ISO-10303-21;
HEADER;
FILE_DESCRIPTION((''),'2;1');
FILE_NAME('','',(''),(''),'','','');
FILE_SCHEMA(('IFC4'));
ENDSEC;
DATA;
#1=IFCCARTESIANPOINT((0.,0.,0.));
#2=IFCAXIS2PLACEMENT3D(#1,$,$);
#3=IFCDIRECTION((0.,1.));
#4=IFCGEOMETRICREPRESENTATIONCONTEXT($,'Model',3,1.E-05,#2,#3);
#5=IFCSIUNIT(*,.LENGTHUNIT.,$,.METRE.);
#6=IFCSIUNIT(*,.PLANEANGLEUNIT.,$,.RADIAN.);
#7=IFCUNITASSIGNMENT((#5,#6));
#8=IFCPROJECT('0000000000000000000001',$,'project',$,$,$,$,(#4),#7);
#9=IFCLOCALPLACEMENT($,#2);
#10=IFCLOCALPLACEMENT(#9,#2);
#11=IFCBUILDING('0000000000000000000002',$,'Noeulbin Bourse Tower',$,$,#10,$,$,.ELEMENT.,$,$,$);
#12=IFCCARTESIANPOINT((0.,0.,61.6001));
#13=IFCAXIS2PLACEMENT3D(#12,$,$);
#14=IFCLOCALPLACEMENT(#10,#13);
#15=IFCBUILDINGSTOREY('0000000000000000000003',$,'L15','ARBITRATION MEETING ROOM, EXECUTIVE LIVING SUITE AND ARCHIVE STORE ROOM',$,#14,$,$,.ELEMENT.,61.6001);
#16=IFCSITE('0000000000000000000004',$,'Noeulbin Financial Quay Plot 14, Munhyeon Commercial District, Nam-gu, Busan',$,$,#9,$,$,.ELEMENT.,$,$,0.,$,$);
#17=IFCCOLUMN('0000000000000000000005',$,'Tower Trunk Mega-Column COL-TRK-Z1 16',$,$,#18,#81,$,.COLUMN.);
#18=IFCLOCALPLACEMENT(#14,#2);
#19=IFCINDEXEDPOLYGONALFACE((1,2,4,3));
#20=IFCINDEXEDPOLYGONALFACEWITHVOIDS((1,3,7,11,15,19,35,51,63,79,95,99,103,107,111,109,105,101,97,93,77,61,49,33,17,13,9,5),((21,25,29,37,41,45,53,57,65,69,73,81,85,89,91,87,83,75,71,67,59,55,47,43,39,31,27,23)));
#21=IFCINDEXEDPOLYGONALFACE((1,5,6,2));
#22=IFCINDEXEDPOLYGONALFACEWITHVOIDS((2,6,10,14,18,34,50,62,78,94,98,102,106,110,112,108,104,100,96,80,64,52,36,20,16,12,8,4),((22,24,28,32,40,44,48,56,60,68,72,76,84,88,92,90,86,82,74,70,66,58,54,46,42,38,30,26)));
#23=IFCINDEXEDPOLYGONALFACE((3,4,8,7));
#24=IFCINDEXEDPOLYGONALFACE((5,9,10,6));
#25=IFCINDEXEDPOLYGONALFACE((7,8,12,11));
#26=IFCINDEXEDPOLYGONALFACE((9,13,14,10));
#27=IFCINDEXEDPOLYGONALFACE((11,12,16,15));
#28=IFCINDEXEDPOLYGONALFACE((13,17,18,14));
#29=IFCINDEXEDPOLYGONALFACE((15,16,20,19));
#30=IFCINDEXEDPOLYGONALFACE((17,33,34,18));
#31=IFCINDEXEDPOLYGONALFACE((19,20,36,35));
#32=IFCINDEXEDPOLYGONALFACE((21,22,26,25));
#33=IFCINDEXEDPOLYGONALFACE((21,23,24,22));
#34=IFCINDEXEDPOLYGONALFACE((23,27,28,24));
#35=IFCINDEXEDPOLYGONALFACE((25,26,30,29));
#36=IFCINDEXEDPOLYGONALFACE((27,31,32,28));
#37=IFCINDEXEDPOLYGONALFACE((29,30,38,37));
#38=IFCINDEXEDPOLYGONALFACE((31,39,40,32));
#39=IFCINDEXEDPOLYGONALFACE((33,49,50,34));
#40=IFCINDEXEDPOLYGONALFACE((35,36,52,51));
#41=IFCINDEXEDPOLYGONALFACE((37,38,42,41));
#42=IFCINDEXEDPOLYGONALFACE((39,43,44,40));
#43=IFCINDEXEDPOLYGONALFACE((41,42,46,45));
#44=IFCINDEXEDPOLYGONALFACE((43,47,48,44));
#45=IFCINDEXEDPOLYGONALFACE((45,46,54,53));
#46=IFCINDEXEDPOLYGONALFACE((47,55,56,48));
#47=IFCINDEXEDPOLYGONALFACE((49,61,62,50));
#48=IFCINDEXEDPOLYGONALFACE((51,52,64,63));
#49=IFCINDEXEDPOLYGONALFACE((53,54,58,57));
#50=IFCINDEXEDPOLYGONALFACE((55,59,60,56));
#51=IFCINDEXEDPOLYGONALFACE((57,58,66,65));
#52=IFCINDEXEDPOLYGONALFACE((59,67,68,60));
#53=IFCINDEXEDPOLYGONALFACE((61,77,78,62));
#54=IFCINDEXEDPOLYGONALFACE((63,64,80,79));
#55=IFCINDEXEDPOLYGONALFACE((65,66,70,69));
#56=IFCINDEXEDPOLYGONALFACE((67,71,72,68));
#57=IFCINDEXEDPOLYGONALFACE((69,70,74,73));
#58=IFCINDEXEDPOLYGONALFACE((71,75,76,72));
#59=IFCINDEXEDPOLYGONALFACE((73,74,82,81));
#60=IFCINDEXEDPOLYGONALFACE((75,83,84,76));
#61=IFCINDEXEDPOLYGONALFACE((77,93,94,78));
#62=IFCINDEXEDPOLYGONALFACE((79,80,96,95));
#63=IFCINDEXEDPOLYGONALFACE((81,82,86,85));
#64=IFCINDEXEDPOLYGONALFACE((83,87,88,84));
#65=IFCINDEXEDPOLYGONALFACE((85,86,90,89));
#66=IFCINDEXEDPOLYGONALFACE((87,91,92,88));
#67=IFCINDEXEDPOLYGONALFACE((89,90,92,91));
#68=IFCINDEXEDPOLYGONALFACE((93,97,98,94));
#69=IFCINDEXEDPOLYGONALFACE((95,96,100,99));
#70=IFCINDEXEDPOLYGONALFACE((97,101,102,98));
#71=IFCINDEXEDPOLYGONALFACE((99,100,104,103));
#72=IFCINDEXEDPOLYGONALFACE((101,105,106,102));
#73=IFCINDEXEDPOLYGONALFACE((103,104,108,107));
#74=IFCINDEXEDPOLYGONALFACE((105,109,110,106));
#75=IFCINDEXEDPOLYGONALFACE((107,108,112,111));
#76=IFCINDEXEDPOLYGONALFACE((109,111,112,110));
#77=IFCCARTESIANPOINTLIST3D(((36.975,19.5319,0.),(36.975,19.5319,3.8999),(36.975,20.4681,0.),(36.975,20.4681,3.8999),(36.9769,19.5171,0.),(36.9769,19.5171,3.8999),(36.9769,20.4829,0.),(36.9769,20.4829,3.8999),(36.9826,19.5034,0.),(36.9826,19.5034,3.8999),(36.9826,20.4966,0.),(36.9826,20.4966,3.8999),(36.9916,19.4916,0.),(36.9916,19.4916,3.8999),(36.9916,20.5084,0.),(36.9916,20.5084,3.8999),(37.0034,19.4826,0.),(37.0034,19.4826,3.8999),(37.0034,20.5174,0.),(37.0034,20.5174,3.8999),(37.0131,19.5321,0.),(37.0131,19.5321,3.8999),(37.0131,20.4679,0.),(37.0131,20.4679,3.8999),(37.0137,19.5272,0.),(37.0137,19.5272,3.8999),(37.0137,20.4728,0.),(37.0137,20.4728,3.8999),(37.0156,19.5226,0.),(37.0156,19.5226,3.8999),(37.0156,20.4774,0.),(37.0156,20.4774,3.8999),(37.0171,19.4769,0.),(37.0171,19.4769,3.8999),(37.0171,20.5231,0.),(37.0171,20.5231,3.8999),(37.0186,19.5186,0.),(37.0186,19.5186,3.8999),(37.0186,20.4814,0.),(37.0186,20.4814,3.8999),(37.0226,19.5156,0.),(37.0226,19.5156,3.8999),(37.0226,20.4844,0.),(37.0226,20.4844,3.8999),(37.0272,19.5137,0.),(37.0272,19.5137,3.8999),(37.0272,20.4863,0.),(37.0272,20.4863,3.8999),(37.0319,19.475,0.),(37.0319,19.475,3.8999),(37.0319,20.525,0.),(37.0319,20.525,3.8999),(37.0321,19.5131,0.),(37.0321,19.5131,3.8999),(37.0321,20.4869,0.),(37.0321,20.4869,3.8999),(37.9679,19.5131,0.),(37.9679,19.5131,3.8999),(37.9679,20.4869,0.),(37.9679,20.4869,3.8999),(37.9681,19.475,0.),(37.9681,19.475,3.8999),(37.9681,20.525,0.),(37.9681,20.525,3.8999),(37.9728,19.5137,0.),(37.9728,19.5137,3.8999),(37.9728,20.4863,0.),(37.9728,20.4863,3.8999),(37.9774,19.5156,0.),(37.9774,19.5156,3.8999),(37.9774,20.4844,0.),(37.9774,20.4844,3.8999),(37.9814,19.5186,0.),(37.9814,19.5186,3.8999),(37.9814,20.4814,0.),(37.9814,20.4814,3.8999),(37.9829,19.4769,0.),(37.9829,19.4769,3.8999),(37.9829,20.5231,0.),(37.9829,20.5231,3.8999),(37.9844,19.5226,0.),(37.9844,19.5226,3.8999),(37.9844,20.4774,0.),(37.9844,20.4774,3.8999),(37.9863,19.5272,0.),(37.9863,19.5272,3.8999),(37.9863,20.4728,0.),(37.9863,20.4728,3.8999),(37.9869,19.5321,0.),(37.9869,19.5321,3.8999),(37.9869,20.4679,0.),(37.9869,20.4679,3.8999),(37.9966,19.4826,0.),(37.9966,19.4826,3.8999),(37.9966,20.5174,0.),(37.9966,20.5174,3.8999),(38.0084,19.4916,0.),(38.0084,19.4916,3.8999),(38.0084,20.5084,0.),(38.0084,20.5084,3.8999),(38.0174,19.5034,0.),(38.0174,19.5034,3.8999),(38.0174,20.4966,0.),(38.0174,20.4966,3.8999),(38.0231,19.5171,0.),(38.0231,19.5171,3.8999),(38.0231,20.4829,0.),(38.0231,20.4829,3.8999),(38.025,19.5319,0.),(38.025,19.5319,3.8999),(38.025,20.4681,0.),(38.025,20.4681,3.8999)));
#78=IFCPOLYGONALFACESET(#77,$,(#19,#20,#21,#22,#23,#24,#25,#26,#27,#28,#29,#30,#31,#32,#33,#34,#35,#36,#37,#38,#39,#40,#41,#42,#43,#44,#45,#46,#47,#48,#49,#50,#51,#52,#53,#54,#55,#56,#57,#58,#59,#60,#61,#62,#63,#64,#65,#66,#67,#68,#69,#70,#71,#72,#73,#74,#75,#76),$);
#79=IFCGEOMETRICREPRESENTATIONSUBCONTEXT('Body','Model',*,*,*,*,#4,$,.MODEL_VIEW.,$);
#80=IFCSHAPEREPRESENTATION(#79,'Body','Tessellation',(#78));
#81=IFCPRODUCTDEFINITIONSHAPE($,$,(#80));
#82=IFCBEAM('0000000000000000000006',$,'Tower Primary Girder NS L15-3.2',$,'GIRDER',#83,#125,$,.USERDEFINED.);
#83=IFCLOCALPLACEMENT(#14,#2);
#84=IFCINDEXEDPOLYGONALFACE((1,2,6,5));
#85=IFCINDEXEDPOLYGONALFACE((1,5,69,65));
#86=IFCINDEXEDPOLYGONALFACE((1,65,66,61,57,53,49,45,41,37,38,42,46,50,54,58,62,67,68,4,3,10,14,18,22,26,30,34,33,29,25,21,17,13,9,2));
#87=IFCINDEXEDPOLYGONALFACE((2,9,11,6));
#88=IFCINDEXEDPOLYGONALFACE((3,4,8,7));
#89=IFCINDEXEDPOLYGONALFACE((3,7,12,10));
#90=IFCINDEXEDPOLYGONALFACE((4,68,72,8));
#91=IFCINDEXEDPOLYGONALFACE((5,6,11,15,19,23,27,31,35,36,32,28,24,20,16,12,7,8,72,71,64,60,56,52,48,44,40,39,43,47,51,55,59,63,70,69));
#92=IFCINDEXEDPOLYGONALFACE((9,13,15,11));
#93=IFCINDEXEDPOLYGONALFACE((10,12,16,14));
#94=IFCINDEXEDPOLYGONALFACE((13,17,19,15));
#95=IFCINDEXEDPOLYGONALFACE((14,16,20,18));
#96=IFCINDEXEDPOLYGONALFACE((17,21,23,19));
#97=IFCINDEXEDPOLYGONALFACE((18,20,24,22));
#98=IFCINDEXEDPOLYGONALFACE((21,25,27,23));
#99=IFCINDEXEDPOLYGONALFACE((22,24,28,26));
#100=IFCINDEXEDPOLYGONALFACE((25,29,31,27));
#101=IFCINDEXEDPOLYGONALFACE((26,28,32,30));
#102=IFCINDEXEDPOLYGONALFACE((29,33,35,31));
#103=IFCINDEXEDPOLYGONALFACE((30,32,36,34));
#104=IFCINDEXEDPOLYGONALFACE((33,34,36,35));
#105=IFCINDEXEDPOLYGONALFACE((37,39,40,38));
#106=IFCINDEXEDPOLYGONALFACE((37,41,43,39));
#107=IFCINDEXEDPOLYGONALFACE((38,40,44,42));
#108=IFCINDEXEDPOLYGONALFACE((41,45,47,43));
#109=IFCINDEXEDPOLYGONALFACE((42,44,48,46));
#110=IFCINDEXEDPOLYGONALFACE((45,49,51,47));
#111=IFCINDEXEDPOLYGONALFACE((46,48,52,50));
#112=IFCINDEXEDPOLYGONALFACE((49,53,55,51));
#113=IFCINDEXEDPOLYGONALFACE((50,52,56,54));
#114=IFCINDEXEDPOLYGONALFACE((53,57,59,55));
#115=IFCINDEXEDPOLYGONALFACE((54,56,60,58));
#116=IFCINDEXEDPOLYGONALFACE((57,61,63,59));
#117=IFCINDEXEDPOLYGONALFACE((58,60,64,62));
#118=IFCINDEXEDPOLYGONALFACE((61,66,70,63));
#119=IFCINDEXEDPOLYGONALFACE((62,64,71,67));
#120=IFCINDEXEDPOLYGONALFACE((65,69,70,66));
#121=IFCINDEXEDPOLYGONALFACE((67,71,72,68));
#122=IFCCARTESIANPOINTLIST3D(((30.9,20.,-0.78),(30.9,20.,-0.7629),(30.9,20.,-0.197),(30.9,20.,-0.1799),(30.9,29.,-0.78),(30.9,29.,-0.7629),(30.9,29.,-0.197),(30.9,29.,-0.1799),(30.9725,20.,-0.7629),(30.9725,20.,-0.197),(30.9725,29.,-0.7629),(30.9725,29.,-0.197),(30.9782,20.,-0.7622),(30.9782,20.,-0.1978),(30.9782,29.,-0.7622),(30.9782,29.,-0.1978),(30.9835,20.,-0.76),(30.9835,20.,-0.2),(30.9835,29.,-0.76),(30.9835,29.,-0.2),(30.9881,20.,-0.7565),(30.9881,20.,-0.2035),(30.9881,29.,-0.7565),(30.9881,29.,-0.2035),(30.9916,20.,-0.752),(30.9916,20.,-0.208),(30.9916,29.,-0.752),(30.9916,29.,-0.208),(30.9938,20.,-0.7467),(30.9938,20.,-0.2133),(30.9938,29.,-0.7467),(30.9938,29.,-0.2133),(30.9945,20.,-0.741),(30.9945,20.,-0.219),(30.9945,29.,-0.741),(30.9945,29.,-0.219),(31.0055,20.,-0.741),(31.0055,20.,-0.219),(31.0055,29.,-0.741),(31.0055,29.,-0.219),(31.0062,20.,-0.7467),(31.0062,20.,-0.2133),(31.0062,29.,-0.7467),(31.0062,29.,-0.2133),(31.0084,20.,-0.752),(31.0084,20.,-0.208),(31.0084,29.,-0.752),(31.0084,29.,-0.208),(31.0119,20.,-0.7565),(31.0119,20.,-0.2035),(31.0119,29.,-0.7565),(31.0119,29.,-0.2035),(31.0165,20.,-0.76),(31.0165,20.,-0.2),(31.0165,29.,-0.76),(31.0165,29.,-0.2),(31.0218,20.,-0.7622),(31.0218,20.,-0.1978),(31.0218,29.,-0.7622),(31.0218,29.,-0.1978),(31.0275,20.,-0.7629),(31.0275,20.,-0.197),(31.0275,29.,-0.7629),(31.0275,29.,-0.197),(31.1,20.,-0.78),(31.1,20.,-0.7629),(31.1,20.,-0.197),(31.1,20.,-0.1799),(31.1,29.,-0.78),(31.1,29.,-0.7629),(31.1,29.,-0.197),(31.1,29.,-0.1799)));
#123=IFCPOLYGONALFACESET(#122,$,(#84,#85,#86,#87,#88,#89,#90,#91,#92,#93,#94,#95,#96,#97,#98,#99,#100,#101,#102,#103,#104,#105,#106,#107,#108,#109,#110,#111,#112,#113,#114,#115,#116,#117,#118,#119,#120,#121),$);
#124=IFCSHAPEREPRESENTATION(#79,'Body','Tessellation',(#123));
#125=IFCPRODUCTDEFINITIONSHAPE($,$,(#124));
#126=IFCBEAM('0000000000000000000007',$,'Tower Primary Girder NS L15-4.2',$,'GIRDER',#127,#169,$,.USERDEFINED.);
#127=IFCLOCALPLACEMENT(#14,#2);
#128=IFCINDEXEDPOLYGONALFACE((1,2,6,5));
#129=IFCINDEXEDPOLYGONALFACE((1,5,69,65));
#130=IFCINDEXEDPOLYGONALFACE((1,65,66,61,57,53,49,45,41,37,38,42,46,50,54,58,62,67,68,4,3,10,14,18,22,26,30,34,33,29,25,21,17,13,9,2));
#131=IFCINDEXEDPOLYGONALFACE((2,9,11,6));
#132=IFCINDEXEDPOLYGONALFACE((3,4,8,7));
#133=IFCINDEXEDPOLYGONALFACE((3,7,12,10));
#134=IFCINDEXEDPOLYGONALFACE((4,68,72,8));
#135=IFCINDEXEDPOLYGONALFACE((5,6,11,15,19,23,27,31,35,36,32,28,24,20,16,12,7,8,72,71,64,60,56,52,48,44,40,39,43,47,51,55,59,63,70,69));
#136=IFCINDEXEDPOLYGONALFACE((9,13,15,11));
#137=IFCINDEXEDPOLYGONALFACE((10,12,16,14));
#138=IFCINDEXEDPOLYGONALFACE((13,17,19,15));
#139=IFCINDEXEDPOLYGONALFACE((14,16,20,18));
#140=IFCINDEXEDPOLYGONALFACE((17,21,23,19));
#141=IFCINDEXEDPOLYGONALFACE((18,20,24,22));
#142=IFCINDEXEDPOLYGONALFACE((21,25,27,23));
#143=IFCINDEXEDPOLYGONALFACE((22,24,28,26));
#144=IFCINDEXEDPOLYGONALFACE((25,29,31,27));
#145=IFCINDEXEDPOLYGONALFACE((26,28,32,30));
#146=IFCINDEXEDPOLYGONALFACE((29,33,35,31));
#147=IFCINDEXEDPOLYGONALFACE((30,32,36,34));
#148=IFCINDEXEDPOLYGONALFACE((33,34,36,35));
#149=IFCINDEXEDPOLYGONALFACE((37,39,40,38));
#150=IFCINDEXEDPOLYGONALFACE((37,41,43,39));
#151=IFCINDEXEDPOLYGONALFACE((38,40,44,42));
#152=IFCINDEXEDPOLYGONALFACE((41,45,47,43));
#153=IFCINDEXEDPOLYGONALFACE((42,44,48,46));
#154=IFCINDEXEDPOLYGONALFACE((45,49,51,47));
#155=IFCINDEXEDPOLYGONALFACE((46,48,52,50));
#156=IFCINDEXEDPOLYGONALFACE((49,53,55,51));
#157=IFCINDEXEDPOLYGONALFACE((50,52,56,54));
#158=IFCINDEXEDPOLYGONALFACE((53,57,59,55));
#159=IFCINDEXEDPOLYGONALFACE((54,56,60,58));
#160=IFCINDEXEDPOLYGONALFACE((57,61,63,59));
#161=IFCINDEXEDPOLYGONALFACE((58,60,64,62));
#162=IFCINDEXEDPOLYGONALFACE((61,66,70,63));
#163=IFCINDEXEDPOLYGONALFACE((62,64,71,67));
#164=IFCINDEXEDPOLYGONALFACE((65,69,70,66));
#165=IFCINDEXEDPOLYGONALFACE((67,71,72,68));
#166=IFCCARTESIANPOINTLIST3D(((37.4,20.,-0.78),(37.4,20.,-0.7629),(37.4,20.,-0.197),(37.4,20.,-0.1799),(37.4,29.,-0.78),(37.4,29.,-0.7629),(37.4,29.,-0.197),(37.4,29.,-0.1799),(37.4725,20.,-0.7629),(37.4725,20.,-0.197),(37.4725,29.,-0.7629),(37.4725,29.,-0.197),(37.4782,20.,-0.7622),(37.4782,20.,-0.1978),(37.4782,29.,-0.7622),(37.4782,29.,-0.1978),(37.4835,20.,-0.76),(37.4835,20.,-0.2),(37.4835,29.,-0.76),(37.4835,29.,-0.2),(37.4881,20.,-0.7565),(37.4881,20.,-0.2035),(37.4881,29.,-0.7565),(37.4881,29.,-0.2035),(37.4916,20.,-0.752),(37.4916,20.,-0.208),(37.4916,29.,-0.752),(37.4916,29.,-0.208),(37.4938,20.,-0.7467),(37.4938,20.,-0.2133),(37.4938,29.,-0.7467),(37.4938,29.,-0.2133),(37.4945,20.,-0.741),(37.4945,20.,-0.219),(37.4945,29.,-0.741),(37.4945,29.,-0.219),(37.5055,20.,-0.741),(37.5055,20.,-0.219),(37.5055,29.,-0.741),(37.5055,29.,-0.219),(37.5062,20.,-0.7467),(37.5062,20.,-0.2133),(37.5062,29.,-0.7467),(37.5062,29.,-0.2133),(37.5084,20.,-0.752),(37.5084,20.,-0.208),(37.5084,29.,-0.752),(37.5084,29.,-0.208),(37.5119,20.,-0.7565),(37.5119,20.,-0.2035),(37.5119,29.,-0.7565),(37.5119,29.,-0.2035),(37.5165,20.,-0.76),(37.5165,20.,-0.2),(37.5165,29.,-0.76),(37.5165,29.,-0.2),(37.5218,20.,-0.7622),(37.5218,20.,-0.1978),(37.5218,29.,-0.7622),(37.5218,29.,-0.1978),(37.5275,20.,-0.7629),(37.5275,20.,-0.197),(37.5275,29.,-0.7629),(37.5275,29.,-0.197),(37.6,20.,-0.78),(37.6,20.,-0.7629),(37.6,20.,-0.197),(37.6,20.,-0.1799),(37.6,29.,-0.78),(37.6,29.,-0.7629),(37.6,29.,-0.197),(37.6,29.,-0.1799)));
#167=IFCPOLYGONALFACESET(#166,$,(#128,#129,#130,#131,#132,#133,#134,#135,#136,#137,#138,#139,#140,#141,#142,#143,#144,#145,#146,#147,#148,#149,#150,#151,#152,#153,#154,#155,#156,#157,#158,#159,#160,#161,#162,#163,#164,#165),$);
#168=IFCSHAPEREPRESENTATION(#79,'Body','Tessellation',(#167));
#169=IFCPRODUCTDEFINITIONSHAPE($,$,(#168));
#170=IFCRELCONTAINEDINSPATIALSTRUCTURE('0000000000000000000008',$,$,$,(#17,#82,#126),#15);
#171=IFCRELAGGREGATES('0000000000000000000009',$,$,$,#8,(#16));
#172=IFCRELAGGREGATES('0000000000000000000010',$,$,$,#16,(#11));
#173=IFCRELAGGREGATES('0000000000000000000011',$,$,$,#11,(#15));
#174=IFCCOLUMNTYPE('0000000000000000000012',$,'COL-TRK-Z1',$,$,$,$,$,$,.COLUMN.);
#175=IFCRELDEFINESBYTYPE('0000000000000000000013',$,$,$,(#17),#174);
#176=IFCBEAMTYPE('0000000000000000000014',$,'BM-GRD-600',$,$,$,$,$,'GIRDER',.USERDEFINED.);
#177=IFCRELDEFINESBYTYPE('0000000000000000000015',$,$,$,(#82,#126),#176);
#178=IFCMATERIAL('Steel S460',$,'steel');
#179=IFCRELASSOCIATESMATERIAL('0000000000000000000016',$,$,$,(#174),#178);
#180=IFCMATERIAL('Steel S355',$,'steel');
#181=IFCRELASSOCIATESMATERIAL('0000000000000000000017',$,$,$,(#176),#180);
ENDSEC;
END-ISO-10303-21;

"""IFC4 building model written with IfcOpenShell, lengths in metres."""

from ifc_helpers import new_model, si_unit, direction, frame, origin, origin_2d, place, context, subcontext, project, spatial, hollow_rectangle, i_section, extrude, material, material_profile, profile_set, type_object, element, save


model = new_model("IFC4")

# Units and contexts
model_context = context("Model", 3, precision=1e-05, world=origin(), true_north=direction((0.0, 1.0)))
body_context = subcontext(model_context, "Body", "Model", "MODEL_VIEW")
ifc_project = project(units=[si_unit("LENGTHUNIT", "METRE"), si_unit("PLANEANGLEUNIT", "RADIAN")], contexts=[model_context])

# Site, building, storey
site_placement = place(None, origin())
site = spatial("IfcSite", under=ifc_project, at=site_placement, Name="Noeulbin Financial Quay Plot 14, Munhyeon Commercial District, Nam-gu, Busan", CompositionType="ELEMENT", RefElevation=0.0)
building_placement = place(site_placement, origin())
building = spatial("IfcBuilding", under=site, at=building_placement, Name="Noeulbin Bourse Tower", CompositionType="ELEMENT")
storey_placement = place(building_placement, frame((0.0, 0.0, 61.6001)))
storey = spatial("IfcBuildingStorey", under=building, at=storey_placement, Name="L15", Description="ARBITRATION MEETING ROOM, EXECUTIVE LIVING SUITE AND ARCHIVE STORE ROOM", CompositionType="ELEMENT", Elevation=61.6001)

# Column
ifc_material_1 = material(Name="Steel S460", Category="steel")
ifc_material_profile_1 = material_profile(ifc_material_1, hollow_rectangle(XDim=1.05, YDim=1.05, WallThickness=0.0381, InnerFilletRadius=0.019, OuterFilletRadius=0.0569, at=origin_2d()), Name="BOX-1050x1050x38", Category="LoadBearing")
ifc_profile_set_1 = profile_set([ifc_material_profile_1], Name="Steel S460")
column_type = type_object("IfcColumnType", Name="COL-TRK-Z1", PredefinedType="COLUMN", material=ifc_profile_set_1)
for number, where, z_axis, x_axis, name in (
    (1, (37.5, 20.0, 0.0), (0.0, 0.0, 1.0), (1.0, 0.0, 0.0), "Tower Trunk Mega-Column COL-TRK-Z1 16"),
):
    element("IfcColumn", number, at=place(storey_placement, frame(where, z_axis=z_axis, x_axis=x_axis)), inside=storey, type_object=column_type, Name=name, PredefinedType="COLUMN", context=body_context, shape_type="SweptSolid", body=[
        extrude(hollow_rectangle(XDim=1.05, YDim=1.05, WallThickness=0.0381, InnerFilletRadius=0.019, OuterFilletRadius=0.0569, at=origin_2d()), origin(), (0.0, 0.0, 1.0), 3.8999),
    ])

# Beams
ifc_material_2 = material(Name="Steel S355", Category="steel")
ifc_material_profile_2 = material_profile(ifc_material_2, i_section(OverallWidth=0.2, OverallDepth=0.6001, WebThickness=0.011, FlangeThickness=0.0171, FilletRadius=0.022, at=origin_2d()), Name="H-600x200x11x17", Category="LoadBearing")
ifc_profile_set_2 = profile_set([ifc_material_profile_2], Name="Steel S355")
beam_type_1 = type_object("IfcBeamType", Name="BM-GRD-600", ElementType="GIRDER", PredefinedType="USERDEFINED", material=ifc_profile_set_2)
for number, where, z_axis, x_axis, name in (
    (2, (31.0, 20.0, -0.48), (0.0, 1.0, 0.0), (-1.0, 0.0, 0.0), "Tower Primary Girder NS L15-3.2"),
    (3, (37.5, 20.0, -0.48), (0.0, 1.0, 0.0), (-1.0, 0.0, 0.0), "Tower Primary Girder NS L15-4.2"),
):
    element("IfcBeam", number, at=place(storey_placement, frame(where, z_axis=z_axis, x_axis=x_axis)), inside=storey, type_object=beam_type_1, Name=name, ObjectType="GIRDER", PredefinedType="USERDEFINED", context=body_context, shape_type="SweptSolid", body=[
        extrude(i_section(OverallWidth=0.2, OverallDepth=0.6001, WebThickness=0.011, FlangeThickness=0.0171, FilletRadius=0.022, at=origin_2d()), origin(), (0.0, 0.0, 1.0), 9.0),
    ])

save(model, "model.ifc")
